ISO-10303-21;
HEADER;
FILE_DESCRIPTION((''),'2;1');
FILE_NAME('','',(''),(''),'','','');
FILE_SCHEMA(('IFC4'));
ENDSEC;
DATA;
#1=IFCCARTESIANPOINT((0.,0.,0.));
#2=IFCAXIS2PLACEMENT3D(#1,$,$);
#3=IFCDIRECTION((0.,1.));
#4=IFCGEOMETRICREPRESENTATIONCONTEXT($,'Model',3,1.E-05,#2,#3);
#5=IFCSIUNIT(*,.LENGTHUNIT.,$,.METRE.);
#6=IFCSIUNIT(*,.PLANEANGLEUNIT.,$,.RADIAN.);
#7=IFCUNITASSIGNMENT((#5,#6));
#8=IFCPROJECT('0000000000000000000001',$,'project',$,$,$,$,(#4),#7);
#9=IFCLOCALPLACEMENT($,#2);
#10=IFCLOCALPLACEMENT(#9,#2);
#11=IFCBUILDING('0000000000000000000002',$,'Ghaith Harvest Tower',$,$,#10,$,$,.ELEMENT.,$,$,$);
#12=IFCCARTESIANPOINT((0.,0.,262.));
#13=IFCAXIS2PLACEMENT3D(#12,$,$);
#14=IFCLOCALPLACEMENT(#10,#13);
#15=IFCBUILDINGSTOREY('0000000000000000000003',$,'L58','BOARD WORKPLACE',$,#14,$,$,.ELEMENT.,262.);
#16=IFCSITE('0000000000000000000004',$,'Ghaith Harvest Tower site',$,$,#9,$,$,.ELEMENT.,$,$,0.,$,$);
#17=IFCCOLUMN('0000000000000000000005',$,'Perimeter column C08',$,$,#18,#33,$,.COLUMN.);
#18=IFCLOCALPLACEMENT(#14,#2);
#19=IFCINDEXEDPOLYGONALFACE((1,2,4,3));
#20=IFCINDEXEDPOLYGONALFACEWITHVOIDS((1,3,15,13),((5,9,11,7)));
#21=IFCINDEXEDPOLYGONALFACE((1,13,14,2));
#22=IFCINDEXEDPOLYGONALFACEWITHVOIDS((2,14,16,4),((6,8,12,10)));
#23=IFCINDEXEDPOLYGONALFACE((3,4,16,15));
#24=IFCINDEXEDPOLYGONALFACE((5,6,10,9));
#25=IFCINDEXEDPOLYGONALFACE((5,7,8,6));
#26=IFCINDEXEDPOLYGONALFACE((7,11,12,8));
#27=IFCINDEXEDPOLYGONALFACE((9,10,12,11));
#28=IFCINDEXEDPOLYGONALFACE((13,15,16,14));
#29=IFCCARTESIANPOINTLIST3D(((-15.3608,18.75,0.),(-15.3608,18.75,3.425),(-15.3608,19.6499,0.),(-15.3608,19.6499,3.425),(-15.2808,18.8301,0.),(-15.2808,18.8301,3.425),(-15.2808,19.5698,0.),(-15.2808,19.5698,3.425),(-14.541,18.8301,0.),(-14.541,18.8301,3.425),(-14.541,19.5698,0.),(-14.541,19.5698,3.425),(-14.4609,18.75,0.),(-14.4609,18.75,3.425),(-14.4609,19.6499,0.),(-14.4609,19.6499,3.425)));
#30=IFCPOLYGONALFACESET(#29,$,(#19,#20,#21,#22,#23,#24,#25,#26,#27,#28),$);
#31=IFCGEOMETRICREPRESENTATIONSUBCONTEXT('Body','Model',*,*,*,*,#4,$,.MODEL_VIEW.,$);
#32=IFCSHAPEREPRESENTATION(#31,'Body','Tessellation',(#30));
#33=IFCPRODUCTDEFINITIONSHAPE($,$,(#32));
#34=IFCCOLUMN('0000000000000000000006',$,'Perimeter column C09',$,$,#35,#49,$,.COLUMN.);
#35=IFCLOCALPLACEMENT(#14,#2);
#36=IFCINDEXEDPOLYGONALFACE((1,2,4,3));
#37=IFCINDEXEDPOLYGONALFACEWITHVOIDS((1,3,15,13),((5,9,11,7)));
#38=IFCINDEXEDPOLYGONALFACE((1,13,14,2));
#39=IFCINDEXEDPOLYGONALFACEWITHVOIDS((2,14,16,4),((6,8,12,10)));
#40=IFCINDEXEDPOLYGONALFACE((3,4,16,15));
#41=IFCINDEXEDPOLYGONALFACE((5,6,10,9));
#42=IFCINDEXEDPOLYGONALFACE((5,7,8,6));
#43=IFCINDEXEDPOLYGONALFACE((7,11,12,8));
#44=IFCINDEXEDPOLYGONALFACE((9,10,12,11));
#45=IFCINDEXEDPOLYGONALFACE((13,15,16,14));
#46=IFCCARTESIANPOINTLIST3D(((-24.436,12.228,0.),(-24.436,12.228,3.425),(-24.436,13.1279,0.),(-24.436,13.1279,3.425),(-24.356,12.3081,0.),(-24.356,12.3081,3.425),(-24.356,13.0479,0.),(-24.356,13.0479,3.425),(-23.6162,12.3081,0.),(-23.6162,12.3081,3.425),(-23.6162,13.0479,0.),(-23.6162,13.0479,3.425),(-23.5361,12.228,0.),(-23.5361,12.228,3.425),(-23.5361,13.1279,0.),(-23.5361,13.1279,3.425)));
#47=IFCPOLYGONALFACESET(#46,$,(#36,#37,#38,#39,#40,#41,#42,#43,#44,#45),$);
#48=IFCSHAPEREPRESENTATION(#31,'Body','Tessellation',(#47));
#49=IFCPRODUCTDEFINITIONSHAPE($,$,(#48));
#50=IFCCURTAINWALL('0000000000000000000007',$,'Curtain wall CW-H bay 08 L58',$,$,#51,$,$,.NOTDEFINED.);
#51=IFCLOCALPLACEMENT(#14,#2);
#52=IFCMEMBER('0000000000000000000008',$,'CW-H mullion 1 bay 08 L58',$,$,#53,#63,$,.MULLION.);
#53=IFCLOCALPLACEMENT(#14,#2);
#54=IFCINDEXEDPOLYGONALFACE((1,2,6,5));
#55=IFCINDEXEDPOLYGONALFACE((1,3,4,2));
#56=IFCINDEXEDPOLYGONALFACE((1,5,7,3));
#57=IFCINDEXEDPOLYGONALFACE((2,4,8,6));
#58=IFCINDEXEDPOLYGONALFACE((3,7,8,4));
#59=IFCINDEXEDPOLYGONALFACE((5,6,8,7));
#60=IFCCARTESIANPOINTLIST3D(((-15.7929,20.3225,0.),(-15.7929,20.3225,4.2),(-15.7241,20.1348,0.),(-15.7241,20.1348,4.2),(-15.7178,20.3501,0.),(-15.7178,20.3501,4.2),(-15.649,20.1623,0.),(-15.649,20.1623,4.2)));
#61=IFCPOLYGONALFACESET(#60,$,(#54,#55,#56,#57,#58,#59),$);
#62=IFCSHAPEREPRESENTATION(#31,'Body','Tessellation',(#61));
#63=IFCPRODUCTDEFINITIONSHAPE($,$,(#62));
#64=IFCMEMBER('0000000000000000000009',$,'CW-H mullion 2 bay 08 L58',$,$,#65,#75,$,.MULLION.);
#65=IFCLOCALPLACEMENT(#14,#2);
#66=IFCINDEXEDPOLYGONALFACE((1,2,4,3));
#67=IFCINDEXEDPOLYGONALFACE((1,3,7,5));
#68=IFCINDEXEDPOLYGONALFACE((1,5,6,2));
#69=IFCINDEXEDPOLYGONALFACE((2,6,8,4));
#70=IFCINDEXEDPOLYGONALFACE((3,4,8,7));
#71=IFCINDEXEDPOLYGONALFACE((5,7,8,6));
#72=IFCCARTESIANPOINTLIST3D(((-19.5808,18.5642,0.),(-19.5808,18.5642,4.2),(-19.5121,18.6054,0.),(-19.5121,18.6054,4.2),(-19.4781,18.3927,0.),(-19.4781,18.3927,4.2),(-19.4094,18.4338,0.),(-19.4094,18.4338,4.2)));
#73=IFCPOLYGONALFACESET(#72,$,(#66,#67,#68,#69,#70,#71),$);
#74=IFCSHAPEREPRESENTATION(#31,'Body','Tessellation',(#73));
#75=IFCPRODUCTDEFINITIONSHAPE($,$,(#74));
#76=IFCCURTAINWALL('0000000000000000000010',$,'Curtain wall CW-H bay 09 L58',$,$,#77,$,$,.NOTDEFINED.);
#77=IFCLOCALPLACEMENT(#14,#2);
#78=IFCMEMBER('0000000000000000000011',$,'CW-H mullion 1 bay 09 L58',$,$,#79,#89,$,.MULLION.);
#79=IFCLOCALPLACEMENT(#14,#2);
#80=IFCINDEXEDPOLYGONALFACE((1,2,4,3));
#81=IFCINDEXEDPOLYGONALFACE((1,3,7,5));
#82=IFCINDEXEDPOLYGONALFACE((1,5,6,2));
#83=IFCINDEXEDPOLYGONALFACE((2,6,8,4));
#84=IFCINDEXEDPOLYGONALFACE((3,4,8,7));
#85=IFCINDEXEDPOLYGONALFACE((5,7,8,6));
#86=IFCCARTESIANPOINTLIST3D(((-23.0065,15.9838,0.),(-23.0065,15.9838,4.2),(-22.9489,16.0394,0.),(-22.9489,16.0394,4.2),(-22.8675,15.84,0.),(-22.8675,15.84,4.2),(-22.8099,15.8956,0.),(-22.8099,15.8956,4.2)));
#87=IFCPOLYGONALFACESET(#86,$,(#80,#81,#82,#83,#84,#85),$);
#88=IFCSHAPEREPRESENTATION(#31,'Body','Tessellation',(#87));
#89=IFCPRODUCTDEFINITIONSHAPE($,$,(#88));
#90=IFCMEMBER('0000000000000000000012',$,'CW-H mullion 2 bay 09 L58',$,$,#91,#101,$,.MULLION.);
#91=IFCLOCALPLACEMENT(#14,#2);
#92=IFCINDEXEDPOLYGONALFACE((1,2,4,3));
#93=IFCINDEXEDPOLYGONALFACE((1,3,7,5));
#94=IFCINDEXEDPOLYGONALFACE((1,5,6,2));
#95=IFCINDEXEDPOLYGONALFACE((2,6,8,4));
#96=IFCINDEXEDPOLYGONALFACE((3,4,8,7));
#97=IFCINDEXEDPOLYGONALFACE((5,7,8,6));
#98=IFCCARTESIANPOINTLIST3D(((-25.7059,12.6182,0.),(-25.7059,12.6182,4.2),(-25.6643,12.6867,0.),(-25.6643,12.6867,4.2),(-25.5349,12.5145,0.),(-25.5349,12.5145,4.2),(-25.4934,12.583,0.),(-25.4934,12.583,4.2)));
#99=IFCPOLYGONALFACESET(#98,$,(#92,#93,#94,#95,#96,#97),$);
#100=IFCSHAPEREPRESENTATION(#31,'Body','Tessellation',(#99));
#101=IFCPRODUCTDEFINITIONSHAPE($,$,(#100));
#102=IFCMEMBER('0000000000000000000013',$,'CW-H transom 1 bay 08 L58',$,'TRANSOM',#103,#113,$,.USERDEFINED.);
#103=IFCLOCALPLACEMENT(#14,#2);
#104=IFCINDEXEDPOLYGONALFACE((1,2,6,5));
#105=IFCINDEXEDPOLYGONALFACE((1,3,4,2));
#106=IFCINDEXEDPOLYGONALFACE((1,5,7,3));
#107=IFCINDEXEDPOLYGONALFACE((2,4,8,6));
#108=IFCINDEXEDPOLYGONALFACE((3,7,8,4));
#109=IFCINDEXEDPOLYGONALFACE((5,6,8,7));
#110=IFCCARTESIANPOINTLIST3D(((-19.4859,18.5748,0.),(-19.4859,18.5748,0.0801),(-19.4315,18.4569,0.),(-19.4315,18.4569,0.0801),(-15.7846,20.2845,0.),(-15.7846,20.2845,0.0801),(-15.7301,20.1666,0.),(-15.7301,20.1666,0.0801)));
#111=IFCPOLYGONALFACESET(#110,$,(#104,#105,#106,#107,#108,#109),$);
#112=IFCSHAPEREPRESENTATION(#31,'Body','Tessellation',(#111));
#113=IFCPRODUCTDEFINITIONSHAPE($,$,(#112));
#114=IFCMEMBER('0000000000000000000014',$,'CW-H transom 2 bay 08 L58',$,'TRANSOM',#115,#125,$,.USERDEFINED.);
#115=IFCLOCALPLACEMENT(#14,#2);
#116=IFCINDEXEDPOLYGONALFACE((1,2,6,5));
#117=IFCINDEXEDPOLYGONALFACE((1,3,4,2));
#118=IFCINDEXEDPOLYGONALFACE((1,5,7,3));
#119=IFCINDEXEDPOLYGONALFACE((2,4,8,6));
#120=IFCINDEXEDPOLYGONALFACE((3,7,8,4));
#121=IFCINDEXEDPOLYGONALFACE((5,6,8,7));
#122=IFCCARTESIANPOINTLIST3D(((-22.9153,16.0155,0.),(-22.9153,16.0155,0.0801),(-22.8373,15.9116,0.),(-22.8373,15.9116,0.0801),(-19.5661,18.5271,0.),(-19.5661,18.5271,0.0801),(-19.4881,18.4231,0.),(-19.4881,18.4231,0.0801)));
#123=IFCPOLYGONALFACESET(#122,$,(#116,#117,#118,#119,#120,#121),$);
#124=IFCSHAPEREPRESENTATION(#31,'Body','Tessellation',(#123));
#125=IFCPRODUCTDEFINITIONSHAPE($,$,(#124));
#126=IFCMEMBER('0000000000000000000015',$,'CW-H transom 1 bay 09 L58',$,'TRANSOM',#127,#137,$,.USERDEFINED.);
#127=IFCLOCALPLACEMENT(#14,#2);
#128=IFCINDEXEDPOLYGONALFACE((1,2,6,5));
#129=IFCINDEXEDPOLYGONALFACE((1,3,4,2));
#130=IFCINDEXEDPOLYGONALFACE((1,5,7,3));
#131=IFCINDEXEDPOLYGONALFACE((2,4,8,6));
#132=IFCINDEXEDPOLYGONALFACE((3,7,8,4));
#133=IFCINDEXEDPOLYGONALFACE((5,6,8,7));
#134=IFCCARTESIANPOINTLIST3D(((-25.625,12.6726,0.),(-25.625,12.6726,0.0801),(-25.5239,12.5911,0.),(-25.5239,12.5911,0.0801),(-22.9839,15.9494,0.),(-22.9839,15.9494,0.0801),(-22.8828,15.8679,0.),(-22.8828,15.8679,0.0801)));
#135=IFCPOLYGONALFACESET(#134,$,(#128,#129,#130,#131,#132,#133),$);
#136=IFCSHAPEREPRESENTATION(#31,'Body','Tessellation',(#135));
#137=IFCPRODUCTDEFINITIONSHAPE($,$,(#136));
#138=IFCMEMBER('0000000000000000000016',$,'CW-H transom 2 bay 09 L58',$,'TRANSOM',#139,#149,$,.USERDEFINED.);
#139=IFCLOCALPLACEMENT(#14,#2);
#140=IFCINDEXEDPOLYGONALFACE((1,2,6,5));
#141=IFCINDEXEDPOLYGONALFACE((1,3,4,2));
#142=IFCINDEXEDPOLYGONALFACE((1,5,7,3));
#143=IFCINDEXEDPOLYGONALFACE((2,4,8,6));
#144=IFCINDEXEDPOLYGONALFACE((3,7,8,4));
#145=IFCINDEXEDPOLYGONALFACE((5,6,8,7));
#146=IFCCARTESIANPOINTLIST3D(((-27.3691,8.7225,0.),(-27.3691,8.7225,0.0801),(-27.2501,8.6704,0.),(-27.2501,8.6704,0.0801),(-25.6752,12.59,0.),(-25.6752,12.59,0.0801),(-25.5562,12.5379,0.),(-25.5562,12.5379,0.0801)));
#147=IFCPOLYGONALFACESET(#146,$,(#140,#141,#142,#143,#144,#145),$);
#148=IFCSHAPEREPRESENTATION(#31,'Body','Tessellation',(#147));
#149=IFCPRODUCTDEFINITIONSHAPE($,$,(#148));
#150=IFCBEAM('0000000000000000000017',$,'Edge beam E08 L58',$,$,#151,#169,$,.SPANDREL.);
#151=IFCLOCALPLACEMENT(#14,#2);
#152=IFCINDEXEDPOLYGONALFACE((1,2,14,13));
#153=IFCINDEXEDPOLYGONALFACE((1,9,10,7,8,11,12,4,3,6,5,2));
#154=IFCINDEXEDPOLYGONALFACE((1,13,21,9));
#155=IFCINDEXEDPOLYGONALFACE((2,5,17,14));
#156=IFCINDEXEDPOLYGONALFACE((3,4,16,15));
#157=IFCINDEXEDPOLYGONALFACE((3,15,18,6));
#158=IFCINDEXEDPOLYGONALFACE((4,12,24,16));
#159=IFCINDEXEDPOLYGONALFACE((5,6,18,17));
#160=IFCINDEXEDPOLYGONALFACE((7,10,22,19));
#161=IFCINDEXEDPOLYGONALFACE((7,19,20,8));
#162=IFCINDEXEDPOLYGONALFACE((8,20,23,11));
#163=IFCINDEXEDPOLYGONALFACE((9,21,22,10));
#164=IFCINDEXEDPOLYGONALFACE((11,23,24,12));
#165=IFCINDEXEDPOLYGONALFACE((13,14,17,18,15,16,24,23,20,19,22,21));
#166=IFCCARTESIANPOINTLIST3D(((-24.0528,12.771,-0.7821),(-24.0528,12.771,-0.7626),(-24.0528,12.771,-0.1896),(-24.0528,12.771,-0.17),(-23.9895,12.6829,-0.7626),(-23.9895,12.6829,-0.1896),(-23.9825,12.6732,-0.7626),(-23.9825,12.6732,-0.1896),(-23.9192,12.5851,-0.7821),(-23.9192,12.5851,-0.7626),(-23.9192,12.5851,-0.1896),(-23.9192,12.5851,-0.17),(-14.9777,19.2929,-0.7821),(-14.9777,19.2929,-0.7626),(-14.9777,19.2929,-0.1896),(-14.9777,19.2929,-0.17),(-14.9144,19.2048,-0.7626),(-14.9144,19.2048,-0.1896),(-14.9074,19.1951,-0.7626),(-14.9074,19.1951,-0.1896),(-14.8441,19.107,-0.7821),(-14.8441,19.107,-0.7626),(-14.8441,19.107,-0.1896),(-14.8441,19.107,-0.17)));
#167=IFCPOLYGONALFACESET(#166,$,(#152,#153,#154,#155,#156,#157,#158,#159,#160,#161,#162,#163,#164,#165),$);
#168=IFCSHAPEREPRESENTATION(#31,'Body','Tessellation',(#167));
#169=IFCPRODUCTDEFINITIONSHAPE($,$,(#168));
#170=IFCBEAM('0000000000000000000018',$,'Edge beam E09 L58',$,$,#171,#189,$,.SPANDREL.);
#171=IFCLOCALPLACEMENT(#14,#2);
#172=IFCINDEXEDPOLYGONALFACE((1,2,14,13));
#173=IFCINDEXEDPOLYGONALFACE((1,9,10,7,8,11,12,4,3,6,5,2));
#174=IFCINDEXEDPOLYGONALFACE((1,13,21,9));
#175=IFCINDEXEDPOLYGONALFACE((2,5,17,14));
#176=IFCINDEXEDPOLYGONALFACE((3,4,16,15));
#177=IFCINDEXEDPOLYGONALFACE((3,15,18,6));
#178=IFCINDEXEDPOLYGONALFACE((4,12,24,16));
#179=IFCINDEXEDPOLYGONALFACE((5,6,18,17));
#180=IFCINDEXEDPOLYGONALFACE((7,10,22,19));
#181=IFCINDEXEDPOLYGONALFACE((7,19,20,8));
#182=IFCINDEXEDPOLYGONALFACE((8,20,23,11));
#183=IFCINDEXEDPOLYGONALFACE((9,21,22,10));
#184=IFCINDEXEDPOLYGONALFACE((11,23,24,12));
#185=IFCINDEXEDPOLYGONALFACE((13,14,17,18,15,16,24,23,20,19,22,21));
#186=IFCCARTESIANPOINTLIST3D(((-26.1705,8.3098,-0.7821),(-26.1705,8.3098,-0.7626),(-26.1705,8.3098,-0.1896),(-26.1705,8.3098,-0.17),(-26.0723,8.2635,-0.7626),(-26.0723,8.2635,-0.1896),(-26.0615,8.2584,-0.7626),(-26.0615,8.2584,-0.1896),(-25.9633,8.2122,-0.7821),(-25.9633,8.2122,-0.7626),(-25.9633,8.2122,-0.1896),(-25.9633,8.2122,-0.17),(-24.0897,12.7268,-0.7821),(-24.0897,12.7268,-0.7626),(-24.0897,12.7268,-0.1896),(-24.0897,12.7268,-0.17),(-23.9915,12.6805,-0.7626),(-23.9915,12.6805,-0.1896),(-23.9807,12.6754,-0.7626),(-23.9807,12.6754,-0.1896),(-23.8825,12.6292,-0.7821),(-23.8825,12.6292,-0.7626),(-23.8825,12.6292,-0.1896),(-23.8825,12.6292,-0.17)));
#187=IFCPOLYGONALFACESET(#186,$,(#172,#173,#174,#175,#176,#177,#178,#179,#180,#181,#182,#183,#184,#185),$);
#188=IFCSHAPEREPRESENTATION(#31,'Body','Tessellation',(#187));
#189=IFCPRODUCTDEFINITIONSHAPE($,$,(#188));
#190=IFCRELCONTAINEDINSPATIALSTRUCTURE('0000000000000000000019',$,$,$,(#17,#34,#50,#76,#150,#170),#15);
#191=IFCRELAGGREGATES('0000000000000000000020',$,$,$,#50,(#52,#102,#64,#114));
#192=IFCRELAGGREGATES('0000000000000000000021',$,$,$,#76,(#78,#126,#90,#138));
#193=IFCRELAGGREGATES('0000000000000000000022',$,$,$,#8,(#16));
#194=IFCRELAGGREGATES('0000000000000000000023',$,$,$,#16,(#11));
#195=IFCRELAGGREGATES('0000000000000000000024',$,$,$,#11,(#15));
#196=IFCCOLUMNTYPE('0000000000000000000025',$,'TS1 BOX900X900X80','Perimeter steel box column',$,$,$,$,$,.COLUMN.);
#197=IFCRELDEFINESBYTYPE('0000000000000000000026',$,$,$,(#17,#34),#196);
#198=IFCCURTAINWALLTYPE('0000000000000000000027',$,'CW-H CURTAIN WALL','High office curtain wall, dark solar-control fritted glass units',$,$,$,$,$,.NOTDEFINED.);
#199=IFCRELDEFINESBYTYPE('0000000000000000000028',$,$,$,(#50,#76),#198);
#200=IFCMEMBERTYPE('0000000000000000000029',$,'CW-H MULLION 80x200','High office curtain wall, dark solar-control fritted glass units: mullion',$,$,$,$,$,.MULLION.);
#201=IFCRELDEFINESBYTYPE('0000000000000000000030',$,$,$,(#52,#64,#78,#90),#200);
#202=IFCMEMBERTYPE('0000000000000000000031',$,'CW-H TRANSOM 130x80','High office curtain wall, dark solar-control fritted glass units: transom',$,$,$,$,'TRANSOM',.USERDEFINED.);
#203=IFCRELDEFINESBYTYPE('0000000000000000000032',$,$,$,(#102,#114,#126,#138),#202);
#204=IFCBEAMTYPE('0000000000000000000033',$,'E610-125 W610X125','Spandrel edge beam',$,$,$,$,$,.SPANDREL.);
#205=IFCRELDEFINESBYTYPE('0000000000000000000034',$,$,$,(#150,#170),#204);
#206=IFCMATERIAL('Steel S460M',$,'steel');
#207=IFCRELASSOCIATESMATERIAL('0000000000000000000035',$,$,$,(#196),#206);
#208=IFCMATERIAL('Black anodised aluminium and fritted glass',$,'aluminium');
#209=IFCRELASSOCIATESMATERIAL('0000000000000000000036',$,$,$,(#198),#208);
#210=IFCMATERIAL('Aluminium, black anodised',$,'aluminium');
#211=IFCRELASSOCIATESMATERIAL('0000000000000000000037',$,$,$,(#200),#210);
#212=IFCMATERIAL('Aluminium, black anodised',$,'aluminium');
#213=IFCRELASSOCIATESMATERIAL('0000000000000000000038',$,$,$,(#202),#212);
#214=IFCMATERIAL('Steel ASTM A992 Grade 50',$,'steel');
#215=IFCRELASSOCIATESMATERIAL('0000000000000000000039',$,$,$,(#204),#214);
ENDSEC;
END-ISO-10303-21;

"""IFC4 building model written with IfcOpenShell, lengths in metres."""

from ifc_helpers import new_model, si_unit, direction, frame, origin, origin_2d, place, context, subcontext, project, spatial, rectangle, hollow_rectangle, i_section, extrude, material, material_profile, profile_set, type_object, element, aggregate, save


model = new_model("IFC4")

# Units and contexts
model_context = context("Model", 3, precision=1e-05, world=origin(), true_north=direction((0.0, 1.0)))
body_context = subcontext(model_context, "Body", "Model", "MODEL_VIEW")
ifc_project = project(units=[si_unit("LENGTHUNIT", "METRE"), si_unit("PLANEANGLEUNIT", "RADIAN")], contexts=[model_context])

# Site, building, storey
site_placement = place(None, origin())
site = spatial("IfcSite", under=ifc_project, at=site_placement, Name="Ghaith Harvest Tower site", CompositionType="ELEMENT", RefElevation=0.0)
building_placement = place(site_placement, origin())
building = spatial("IfcBuilding", under=site, at=building_placement, Name="Ghaith Harvest Tower", CompositionType="ELEMENT")
storey_placement = place(building_placement, frame((0.0, 0.0, 262.0)))
storey = spatial("IfcBuildingStorey", under=building, at=storey_placement, Name="L58", Description="BOARD WORKPLACE", CompositionType="ELEMENT", Elevation=262.0)

# Columns
ifc_material_1 = material(Name="Steel S460M", Category="steel")
ifc_material_profile_1 = material_profile(ifc_material_1, hollow_rectangle(XDim=0.8999, YDim=0.8999, WallThickness=0.0801, at=origin_2d()), Name="BOX900X900X80")
ifc_profile_set_1 = profile_set([ifc_material_profile_1], Name="Steel S460M")
column_type = type_object("IfcColumnType", Name="TS1 BOX900X900X80", Description="Perimeter steel box column", PredefinedType="COLUMN", material=ifc_profile_set_1)
for number, where, z_axis, x_axis, name in (
    (1, (-14.9109, 19.2, 0.0), (0.0, 0.0, 1.0), (1.0, 0.0, 0.0), "Perimeter column C08"),
    (2, (-23.9861, 12.678, 0.0), (0.0, 0.0, 1.0), (1.0, 0.0, 0.0), "Perimeter column C09"),
):
    element("IfcColumn", number, at=place(storey_placement, frame(where, z_axis=z_axis, x_axis=x_axis)), inside=storey, type_object=column_type, Name=name, PredefinedType="COLUMN", context=body_context, shape_type="SweptSolid", body=[
        extrude(hollow_rectangle(XDim=0.8999, YDim=0.8999, WallThickness=0.0801, at=origin_2d()), origin(), (0.0, 0.0, 1.0), 3.425),
    ])

# Curtain walls, members
ifc_material_2 = material(Name="Black anodised aluminium and fritted glass", Category="aluminium")
curtain_wall_type = type_object("IfcCurtainWallType", Name="CW-H CURTAIN WALL", Description="High office curtain wall, dark solar-control fritted glass units", PredefinedType="NOTDEFINED", material=ifc_material_2)
curtain_wall_1_placement = place(storey_placement, origin())
curtain_wall_1 = element("IfcCurtainWall", 3, at=curtain_wall_1_placement, inside=storey, type_object=curtain_wall_type, Name="Curtain wall CW-H bay 08 L58", PredefinedType="NOTDEFINED")
ifc_material_3 = material(Name="Aluminium, black anodised", Category="aluminium")
ifc_material_profile_2 = material_profile(ifc_material_3, rectangle(XDim=0.0801, YDim=0.2, at=origin_2d()), Name="CW-H MULLION 80x200")
ifc_profile_set_2 = profile_set([ifc_material_profile_2], Name="Aluminium, black anodised")
member_type_1 = type_object("IfcMemberType", Name="CW-H MULLION 80x200", Description="High office curtain wall, dark solar-control fritted glass units: mullion", PredefinedType="MULLION", material=ifc_profile_set_2)
member_1_placement = place(storey_placement, frame((-15.7209, 20.2424, 0.0), z_axis=(0.0, 0.0, 1.0), x_axis=(-0.938931, -0.344106, 0.0)))
member_1 = element("IfcMember", 4, at=member_1_placement, type_object=member_type_1, Name="CW-H mullion 1 bay 08 L58", PredefinedType="MULLION", context=body_context, shape_type="SweptSolid", body=[
    extrude(rectangle(XDim=0.0801, YDim=0.2, at=origin_2d()), origin(), (0.0, 0.0, 1.0), 4.2),
])
member_2_placement = place(storey_placement, frame((-19.4951, 18.499, 0.0), z_axis=(0.0, 0.0, 1.0), x_axis=(-0.857999, -0.513652, 0.0)))
member_2 = element("IfcMember", 5, at=member_2_placement, type_object=member_type_1, Name="CW-H mullion 2 bay 08 L58", PredefinedType="MULLION", context=body_context, shape_type="SweptSolid", body=[
    extrude(rectangle(XDim=0.0801, YDim=0.2, at=origin_2d()), origin(), (0.0, 0.0, 1.0), 4.2),
])
curtain_wall_2_placement = place(storey_placement, origin())
curtain_wall_2 = element("IfcCurtainWall", 6, at=curtain_wall_2_placement, inside=storey, type_object=curtain_wall_type, Name="Curtain wall CW-H bay 09 L58", PredefinedType="NOTDEFINED")
member_3_placement = place(storey_placement, frame((-22.9082, 15.9397, 0.0), z_axis=(0.0, 0.0, 1.0), x_axis=(-0.719146, -0.694859, 0.0)))
member_3 = element("IfcMember", 7, at=member_3_placement, type_object=member_type_1, Name="CW-H mullion 1 bay 09 L58", PredefinedType="MULLION", context=body_context, shape_type="SweptSolid", body=[
    extrude(rectangle(XDim=0.0801, YDim=0.2, at=origin_2d()), origin(), (0.0, 0.0, 1.0), 4.2),
])
member_4_placement = place(storey_placement, frame((-25.5996, 12.6006, 0.0), z_axis=(0.0, 0.0, 1.0), x_axis=(-0.518769, -0.854914, 0.0)))
member_4 = element("IfcMember", 8, at=member_4_placement, type_object=member_type_1, Name="CW-H mullion 2 bay 09 L58", PredefinedType="MULLION", context=body_context, shape_type="SweptSolid", body=[
    extrude(rectangle(XDim=0.0801, YDim=0.2, at=origin_2d()), origin(), (0.0, 0.0, 1.0), 4.2),
])

# Members
ifc_material_4 = material(Name="Aluminium, black anodised", Category="aluminium")
ifc_material_profile_3 = material_profile(ifc_material_4, rectangle(XDim=0.1299, YDim=0.0801, at=origin_2d()), Name="CW-H TRANSOM 130x80")
ifc_profile_set_3 = profile_set([ifc_material_profile_3], Name="Aluminium, black anodised")
member_type_2 = type_object("IfcMemberType", Name="CW-H TRANSOM 130x80", Description="High office curtain wall, dark solar-control fritted glass units: transom", ElementType="TRANSOM", PredefinedType="USERDEFINED", material=ifc_profile_set_3)
member_5_placement = place(storey_placement, frame((-15.7573, 20.2256, 0.04), z_axis=(-0.907831, -0.419335, 0.0), x_axis=(0.419335, -0.907831, 0.0)))
member_5 = element("IfcMember", 9, at=member_5_placement, type_object=member_type_2, Name="CW-H transom 1 bay 08 L58", ObjectType="TRANSOM", PredefinedType="USERDEFINED", context=body_context, shape_type="SweptSolid", body=[
    extrude(rectangle(XDim=0.1299, YDim=0.0801, at=origin_2d()), origin(), (0.0, 0.0, 1.0), 4.0771),
])
member_6_placement = place(storey_placement, frame((-19.5271, 18.4751, 0.04), z_axis=(-0.800042, -0.599944, 0.0), x_axis=(0.599944, -0.800042, 0.0)))
member_6 = element("IfcMember", 10, at=member_6_placement, type_object=member_type_2, Name="CW-H transom 2 bay 08 L58", ObjectType="TRANSOM", PredefinedType="USERDEFINED", context=body_context, shape_type="SweptSolid", body=[
    extrude(rectangle(XDim=0.1299, YDim=0.0801, at=origin_2d()), origin(), (0.0, 0.0, 1.0), 4.1863),
])
member_7_placement = place(storey_placement, frame((-22.9333, 15.9087, 0.04), z_axis=(-0.627535, -0.778589, 0.0), x_axis=(0.778589, -0.627535, 0.0)))
member_7 = element("IfcMember", 11, at=member_7_placement, type_object=member_type_2, Name="CW-H transom 1 bay 09 L58", ObjectType="TRANSOM", PredefinedType="USERDEFINED", context=body_context, shape_type="SweptSolid", body=[
    extrude(rectangle(XDim=0.1299, YDim=0.0801, at=origin_2d()), origin(), (0.0, 0.0, 1.0), 4.2087),
])
member_8_placement = place(storey_placement, frame((-25.6157, 12.564, 0.04), z_axis=(-0.401186, -0.915997, 0.0), x_axis=(0.915997, -0.401186, 0.0)))
member_8 = element("IfcMember", 12, at=member_8_placement, type_object=member_type_2, Name="CW-H transom 2 bay 09 L58", ObjectType="TRANSOM", PredefinedType="USERDEFINED", context=body_context, shape_type="SweptSolid", body=[
    extrude(rectangle(XDim=0.1299, YDim=0.0801, at=origin_2d()), origin(), (0.0, 0.0, 1.0), 4.2222),
])

# Beams
ifc_material_5 = material(Name="Steel ASTM A992 Grade 50", Category="steel")
ifc_material_profile_4 = material_profile(ifc_material_5, i_section(OverallWidth=0.229, OverallDepth=0.6121, WebThickness=0.012, FlangeThickness=0.0195, at=origin_2d()), Name="W610X125")
ifc_profile_set_4 = profile_set([ifc_material_profile_4], Name="Steel ASTM A992 Grade 50")
beam_type = type_object("IfcBeamType", Name="E610-125 W610X125", Description="Spandrel edge beam", PredefinedType="SPANDREL", material=ifc_profile_set_4)
beam_1_placement = place(storey_placement, frame((-14.9109, 19.2, -0.4761), z_axis=(-0.81205, -0.583587, 0.0), x_axis=(0.583587, -0.81205, 0.0)))
element("IfcBeam", 13, at=beam_1_placement, inside=storey, type_object=beam_type, Name="Edge beam E08 L58", PredefinedType="SPANDREL", context=body_context, shape_type="SweptSolid", body=[
    extrude(i_section(OverallWidth=0.229, OverallDepth=0.6121, WebThickness=0.012, FlangeThickness=0.0195, at=origin_2d()), origin(), (0.0, 0.0, 1.0), 11.1755),
])
beam_2_placement = place(storey_placement, frame((-23.9861, 12.678, -0.4761), z_axis=(-0.42617, -0.904643, 0.0), x_axis=(0.904643, -0.42617, 0.0)))
element("IfcBeam", 14, at=beam_2_placement, inside=storey, type_object=beam_type, Name="Edge beam E09 L58", PredefinedType="SPANDREL", context=body_context, shape_type="SweptSolid", body=[
    extrude(i_section(OverallWidth=0.229, OverallDepth=0.6121, WebThickness=0.012, FlangeThickness=0.0195, at=origin_2d()), origin(), (0.0, 0.0, 1.0), 4.8826),
])

aggregate(curtain_wall_1, [member_1, member_5, member_2, member_6])
aggregate(curtain_wall_2, [member_3, member_7, member_4, member_8])

save(model, "model.ifc")
